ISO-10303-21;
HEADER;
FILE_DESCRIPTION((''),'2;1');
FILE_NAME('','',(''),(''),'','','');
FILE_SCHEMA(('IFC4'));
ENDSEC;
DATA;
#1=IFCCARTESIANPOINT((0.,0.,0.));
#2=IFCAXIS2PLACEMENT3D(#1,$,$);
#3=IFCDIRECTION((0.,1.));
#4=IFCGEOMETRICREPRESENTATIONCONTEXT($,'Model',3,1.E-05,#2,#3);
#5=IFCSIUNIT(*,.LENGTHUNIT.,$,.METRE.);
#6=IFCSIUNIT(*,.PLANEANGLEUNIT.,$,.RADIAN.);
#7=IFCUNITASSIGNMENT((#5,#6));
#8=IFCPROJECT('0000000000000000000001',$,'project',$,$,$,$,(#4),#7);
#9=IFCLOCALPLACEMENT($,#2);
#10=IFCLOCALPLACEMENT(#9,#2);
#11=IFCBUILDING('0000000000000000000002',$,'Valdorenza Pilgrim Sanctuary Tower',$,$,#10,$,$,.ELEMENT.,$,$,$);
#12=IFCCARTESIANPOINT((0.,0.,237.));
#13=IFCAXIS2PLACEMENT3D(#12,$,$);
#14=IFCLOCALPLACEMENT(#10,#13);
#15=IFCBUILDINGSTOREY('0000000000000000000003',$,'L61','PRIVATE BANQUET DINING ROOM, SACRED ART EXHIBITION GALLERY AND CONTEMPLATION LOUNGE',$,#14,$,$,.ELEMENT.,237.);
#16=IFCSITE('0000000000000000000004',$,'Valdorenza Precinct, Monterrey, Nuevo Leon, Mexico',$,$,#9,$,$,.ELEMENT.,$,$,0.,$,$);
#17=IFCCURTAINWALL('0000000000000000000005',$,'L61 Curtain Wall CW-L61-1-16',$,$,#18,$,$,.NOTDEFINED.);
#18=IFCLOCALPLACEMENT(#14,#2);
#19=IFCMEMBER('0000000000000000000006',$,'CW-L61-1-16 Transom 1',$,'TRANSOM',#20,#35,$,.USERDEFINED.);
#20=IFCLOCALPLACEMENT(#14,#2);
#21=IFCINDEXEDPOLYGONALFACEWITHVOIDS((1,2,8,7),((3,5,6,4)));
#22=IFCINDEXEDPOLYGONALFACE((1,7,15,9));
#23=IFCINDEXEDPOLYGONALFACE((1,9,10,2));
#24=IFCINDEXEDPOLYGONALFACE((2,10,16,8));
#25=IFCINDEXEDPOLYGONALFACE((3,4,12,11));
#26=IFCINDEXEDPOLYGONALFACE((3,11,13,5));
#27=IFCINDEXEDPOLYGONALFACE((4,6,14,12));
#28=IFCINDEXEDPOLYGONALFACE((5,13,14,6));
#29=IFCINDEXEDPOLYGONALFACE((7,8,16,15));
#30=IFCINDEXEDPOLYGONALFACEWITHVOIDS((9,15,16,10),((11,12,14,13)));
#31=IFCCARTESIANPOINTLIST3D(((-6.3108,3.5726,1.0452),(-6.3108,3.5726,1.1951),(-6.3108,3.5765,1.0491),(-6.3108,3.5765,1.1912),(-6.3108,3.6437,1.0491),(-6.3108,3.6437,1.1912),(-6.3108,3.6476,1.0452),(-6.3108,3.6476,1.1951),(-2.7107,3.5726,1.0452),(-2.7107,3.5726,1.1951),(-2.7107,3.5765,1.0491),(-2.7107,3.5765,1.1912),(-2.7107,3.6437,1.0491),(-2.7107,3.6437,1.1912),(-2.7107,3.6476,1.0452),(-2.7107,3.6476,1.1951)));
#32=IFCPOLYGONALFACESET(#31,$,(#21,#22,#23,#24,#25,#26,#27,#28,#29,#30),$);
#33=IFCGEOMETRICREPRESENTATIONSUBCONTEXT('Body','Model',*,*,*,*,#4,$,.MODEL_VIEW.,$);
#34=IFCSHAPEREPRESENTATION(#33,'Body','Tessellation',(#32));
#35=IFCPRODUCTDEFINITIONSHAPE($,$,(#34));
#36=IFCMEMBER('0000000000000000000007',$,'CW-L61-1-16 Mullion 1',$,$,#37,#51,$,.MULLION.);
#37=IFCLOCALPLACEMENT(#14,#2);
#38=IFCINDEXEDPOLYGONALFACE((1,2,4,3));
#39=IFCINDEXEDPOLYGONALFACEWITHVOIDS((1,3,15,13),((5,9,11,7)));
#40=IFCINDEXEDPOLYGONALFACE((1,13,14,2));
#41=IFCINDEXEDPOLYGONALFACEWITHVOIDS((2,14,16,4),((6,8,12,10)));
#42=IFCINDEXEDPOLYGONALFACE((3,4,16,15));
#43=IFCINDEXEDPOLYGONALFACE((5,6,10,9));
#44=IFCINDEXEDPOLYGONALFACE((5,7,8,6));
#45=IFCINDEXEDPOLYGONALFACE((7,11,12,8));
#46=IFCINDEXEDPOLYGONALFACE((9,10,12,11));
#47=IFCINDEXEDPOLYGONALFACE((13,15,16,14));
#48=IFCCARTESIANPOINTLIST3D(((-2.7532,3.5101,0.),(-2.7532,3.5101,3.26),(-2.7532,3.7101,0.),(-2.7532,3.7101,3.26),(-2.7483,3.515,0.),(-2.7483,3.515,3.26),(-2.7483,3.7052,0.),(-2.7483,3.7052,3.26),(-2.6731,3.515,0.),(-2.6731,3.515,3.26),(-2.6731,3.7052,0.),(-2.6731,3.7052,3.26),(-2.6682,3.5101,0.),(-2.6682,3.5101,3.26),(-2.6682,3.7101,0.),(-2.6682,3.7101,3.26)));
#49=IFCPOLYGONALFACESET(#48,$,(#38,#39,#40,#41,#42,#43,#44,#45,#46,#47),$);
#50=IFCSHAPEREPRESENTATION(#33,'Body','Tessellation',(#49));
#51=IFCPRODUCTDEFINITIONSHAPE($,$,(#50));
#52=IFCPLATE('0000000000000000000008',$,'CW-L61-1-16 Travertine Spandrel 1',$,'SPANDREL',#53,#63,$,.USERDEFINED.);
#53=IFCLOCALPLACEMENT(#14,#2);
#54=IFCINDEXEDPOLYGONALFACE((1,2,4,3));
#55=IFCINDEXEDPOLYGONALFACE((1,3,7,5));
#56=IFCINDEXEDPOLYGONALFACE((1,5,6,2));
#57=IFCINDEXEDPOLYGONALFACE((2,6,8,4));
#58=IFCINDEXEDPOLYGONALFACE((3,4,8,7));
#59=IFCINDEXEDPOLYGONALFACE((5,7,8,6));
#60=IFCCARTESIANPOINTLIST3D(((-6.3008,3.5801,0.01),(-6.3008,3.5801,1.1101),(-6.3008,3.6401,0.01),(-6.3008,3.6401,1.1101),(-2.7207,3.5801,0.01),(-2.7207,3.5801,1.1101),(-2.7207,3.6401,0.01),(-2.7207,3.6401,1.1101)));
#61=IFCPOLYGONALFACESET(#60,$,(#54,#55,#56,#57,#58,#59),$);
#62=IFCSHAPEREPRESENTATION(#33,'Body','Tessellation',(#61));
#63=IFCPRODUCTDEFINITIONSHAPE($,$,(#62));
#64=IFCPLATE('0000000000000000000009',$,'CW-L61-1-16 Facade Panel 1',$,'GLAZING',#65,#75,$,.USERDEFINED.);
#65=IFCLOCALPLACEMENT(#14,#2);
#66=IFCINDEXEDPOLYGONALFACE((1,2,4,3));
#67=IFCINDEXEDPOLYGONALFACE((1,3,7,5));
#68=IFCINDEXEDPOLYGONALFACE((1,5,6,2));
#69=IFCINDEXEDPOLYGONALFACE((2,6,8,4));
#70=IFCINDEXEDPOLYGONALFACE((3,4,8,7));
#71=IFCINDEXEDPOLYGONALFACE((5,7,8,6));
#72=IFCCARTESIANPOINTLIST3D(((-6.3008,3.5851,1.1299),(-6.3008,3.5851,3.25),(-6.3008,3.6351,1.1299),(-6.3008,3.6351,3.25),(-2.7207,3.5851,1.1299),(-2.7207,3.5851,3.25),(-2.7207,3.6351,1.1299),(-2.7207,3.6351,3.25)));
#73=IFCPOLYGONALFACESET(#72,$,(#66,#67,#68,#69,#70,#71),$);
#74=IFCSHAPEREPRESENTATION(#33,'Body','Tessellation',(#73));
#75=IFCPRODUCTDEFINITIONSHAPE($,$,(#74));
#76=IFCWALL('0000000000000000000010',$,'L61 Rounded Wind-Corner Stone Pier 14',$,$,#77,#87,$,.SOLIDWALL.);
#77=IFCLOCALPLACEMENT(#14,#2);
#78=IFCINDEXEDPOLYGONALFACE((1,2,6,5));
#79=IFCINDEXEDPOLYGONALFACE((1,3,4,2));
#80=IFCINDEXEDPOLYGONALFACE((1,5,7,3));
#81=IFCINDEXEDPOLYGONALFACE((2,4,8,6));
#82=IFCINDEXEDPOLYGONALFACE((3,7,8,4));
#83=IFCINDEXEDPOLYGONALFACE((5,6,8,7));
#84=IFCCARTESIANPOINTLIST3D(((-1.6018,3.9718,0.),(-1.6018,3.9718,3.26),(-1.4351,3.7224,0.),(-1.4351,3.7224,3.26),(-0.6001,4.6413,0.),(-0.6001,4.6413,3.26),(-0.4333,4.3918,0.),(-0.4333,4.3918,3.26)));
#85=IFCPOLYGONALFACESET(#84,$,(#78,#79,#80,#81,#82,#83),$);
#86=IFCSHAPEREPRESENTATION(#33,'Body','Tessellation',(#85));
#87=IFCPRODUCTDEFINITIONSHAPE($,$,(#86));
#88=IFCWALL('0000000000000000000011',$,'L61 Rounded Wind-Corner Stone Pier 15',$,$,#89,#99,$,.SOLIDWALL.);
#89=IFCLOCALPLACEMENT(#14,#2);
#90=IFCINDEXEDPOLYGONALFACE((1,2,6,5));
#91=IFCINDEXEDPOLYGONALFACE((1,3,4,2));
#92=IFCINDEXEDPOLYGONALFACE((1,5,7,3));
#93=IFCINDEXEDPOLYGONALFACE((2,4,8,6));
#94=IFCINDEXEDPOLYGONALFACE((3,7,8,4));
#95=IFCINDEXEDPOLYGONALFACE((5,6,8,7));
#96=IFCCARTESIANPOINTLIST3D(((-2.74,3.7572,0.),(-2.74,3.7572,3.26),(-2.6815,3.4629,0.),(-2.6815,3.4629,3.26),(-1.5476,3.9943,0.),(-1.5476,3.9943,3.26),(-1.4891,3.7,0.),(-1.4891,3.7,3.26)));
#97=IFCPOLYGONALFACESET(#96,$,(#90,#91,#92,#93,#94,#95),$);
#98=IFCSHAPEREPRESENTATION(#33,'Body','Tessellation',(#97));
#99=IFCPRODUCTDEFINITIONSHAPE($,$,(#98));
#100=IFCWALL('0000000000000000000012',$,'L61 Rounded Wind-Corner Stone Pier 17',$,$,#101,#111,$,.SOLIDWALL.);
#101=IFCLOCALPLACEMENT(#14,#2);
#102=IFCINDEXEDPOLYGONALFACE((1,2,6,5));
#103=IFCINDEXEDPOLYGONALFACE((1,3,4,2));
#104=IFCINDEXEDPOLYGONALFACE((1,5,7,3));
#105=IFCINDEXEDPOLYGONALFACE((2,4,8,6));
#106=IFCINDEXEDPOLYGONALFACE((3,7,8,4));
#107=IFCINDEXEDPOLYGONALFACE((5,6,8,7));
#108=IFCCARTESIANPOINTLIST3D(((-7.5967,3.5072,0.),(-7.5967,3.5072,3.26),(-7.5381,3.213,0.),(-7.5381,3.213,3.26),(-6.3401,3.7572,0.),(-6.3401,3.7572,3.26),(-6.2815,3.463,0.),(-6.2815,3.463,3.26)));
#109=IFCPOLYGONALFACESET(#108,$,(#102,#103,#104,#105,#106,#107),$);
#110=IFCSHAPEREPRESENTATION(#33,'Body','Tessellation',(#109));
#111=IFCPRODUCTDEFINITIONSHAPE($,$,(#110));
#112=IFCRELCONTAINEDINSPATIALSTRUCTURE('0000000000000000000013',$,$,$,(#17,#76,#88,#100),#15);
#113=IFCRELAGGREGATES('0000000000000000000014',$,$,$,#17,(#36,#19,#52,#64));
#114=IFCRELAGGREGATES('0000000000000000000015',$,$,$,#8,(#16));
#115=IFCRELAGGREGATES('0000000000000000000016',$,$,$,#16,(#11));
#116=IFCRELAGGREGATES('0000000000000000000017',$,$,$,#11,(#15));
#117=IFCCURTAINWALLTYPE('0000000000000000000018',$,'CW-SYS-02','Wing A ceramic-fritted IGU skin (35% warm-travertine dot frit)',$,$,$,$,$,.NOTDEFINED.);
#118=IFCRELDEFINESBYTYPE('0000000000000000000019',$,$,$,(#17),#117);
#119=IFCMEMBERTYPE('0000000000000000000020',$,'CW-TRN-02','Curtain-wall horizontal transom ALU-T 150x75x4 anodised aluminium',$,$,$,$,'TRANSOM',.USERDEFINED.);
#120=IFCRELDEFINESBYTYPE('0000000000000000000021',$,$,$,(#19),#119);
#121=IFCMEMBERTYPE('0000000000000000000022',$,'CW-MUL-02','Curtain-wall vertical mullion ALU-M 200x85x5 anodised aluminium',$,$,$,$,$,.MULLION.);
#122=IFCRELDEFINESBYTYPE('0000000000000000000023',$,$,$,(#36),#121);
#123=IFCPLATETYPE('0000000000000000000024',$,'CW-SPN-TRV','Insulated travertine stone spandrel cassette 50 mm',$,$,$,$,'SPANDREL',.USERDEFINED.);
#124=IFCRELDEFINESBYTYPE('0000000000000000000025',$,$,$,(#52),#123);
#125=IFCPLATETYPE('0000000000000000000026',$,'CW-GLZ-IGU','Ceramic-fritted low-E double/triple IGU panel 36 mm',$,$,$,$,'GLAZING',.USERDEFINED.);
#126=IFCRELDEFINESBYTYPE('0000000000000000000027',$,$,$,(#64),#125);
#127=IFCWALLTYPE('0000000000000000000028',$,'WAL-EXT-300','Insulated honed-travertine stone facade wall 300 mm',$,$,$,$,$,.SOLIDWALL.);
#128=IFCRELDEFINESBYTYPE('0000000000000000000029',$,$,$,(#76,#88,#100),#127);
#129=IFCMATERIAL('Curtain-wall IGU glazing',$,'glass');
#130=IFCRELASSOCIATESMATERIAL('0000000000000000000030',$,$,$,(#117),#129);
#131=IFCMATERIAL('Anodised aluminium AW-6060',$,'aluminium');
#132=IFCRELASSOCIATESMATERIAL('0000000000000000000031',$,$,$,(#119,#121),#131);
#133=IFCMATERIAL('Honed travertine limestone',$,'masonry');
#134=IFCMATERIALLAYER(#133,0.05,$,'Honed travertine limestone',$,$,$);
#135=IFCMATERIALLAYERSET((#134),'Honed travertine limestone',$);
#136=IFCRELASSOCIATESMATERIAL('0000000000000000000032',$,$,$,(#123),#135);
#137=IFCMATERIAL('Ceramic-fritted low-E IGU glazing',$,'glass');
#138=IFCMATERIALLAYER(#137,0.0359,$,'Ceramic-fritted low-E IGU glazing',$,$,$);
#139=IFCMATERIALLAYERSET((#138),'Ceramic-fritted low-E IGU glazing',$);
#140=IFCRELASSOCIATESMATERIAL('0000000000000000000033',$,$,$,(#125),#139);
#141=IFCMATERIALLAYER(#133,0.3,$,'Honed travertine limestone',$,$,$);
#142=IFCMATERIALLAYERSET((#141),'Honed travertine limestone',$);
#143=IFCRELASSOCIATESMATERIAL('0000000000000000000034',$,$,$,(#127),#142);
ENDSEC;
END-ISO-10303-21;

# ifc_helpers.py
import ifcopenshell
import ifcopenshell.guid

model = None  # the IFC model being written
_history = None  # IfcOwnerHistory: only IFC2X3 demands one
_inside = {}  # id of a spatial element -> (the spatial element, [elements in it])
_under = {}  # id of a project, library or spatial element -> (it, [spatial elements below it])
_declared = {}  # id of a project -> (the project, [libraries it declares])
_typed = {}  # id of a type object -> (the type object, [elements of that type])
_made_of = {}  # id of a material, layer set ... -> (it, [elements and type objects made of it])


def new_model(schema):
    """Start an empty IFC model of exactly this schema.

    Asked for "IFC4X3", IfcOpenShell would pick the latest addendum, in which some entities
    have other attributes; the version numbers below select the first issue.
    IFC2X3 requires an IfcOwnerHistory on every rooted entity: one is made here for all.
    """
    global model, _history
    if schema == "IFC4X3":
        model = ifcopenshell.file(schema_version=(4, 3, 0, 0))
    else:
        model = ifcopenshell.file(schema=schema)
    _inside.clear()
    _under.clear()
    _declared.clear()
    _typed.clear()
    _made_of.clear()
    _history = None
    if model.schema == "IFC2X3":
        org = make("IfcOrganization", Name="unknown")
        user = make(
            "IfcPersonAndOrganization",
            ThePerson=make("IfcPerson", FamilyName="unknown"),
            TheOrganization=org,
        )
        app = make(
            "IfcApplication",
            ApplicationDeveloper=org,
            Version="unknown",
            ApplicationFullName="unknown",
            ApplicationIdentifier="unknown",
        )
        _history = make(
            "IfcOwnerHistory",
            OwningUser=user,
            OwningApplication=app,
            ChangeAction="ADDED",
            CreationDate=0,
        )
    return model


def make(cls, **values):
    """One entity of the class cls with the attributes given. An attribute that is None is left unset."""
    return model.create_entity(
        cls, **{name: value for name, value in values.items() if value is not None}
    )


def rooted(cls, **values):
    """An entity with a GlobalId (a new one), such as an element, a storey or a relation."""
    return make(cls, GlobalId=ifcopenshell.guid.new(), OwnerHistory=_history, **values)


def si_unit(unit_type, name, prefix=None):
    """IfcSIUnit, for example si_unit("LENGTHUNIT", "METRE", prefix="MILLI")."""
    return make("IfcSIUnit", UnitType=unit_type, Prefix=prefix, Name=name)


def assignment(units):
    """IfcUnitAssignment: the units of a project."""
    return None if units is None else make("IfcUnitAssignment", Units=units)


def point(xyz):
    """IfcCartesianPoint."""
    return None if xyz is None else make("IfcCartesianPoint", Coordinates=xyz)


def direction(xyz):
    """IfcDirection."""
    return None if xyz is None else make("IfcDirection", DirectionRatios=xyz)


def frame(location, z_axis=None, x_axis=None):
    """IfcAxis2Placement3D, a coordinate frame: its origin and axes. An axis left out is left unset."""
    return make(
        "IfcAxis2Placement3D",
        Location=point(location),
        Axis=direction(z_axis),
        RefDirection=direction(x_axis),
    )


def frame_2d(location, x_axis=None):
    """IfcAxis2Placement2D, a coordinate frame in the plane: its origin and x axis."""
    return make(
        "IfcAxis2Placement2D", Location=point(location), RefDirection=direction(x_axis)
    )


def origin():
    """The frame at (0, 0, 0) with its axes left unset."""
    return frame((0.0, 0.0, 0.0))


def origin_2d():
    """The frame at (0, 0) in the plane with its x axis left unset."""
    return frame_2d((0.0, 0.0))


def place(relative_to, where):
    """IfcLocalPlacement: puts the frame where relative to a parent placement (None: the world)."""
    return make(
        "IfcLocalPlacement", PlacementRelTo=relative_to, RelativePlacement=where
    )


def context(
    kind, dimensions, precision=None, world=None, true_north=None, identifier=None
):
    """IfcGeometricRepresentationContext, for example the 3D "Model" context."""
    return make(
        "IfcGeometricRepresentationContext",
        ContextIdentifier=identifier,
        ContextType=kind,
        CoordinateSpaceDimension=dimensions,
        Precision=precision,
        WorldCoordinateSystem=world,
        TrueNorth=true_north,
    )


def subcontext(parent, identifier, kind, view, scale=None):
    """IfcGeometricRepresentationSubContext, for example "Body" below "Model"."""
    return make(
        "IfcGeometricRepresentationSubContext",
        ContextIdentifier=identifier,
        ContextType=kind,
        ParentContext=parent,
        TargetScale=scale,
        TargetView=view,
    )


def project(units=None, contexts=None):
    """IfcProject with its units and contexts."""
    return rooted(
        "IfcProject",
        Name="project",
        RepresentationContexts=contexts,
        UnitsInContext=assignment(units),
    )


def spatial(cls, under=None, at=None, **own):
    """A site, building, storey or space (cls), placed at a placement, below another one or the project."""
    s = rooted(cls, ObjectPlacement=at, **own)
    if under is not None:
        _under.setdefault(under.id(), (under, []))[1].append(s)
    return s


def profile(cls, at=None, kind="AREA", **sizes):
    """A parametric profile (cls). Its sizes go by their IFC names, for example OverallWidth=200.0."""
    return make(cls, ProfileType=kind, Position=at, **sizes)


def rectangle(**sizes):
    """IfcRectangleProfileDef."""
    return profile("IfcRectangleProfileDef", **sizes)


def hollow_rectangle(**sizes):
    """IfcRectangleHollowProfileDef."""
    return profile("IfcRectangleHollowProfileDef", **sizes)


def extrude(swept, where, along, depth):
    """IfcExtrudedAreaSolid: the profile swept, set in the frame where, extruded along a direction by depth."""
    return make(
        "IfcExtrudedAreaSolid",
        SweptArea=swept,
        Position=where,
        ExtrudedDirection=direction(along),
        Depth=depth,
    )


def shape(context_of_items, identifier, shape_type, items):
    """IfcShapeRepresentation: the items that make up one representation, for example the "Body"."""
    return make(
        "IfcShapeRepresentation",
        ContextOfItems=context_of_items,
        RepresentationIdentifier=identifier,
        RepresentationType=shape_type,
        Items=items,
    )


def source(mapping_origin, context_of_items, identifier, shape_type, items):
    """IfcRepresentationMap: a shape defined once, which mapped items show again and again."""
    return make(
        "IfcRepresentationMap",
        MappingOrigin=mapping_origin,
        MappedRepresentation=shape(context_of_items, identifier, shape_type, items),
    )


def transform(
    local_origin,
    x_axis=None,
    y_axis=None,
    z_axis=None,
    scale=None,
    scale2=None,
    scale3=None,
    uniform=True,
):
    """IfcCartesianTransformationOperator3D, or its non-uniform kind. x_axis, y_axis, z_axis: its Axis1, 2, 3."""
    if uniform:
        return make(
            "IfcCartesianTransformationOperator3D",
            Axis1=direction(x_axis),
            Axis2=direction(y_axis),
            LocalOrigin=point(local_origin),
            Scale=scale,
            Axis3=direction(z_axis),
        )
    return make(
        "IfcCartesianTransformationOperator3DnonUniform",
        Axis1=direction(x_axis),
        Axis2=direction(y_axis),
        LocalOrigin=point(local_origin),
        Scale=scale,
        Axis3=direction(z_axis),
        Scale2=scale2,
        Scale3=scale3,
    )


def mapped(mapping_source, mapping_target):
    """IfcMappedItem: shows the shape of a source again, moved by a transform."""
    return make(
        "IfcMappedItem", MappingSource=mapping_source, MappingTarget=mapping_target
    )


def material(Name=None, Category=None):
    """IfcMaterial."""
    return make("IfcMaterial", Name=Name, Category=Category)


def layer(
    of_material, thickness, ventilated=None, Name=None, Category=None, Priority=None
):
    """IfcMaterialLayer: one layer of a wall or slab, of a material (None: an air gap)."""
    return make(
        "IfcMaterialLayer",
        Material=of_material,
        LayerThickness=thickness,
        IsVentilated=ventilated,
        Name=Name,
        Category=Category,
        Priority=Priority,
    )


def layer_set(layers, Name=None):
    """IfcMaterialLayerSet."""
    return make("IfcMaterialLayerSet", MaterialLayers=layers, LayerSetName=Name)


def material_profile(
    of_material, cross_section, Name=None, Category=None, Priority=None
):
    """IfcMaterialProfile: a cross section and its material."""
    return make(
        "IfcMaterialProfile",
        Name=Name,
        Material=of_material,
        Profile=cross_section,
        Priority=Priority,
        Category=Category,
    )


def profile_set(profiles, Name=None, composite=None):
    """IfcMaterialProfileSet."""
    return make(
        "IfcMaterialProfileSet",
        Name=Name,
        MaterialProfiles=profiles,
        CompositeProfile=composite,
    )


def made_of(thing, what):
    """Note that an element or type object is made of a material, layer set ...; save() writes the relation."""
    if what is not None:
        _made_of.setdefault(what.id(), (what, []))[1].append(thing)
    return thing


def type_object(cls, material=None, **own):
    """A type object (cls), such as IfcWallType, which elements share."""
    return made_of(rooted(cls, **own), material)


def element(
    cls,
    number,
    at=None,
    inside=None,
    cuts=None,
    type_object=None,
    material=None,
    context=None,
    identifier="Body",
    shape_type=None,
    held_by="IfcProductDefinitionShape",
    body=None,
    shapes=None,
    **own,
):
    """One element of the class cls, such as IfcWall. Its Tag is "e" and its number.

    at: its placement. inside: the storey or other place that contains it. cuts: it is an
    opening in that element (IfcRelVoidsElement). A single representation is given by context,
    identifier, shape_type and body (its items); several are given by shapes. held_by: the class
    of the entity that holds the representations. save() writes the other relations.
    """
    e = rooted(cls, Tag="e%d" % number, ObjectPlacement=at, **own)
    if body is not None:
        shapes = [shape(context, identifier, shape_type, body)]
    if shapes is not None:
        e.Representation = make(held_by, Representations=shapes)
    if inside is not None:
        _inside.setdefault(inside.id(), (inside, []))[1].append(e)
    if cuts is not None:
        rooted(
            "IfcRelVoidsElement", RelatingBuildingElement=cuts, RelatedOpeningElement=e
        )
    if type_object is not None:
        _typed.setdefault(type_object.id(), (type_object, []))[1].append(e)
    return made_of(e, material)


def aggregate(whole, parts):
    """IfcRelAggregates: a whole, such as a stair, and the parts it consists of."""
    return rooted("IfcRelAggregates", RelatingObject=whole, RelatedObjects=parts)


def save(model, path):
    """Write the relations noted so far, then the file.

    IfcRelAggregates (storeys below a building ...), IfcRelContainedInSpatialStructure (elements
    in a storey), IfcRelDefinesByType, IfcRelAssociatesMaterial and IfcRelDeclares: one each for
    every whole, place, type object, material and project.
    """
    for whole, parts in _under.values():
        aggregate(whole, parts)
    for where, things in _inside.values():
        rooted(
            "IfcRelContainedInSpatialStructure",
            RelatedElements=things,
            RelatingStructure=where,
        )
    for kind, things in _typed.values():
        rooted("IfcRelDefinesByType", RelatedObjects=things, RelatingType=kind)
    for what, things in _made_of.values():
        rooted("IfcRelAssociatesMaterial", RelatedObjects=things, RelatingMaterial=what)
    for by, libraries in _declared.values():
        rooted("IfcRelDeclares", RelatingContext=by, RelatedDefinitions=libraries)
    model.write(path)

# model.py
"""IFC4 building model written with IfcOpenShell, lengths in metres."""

from ifc_helpers import new_model, si_unit, direction, frame, frame_2d, origin, origin_2d, place, context, subcontext, project, spatial, rectangle, hollow_rectangle, extrude, source, transform, mapped, material, layer, layer_set, material_profile, profile_set, type_object, element, aggregate, save


model = new_model("IFC4")

# Units and contexts
model_context = context("Model", 3, precision=1e-05, world=origin(), true_north=direction((0.0, 1.0)))
body_context = subcontext(model_context, "Body", "Model", "MODEL_VIEW")
ifc_project = project(units=[si_unit("LENGTHUNIT", "METRE"), si_unit("PLANEANGLEUNIT", "RADIAN")], contexts=[model_context])

# Site, building, storey
site_placement = place(None, origin())
site = spatial("IfcSite", under=ifc_project, at=site_placement, Name="Valdorenza Precinct, Monterrey, Nuevo Leon, Mexico", CompositionType="ELEMENT", RefElevation=0.0)
building_placement = place(site_placement, origin())
building = spatial("IfcBuilding", under=site, at=building_placement, Name="Valdorenza Pilgrim Sanctuary Tower", CompositionType="ELEMENT")
storey_placement = place(building_placement, frame((0.0, 0.0, 237.0)))
storey = spatial("IfcBuildingStorey", under=building, at=storey_placement, Name="L61", Description="PRIVATE BANQUET DINING ROOM, SACRED ART EXHIBITION GALLERY AND CONTEMPLATION LOUNGE", CompositionType="ELEMENT", Elevation=237.0)

# Curtain wall, members, plates
ifc_material_1 = material(Name="Curtain-wall IGU glazing", Category="glass")
curtain_wall_type = type_object("IfcCurtainWallType", Name="CW-SYS-02", Description="Wing A ceramic-fritted IGU skin (35% warm-travertine dot frit)", PredefinedType="NOTDEFINED", material=ifc_material_1)
curtain_wall_placement = place(storey_placement, origin())
curtain_wall = element("IfcCurtainWall", 1, at=curtain_wall_placement, inside=storey, type_object=curtain_wall_type, Name="L61 Curtain Wall CW-L61-1-16", PredefinedType="NOTDEFINED")
ifc_material_2 = material(Name="Anodised aluminium AW-6060", Category="aluminium")
ifc_material_profile_1 = material_profile(ifc_material_2, hollow_rectangle(XDim=0.075, YDim=0.1499, WallThickness=0.0039, at=origin_2d()), Name="ALU-T 150x75x4")
ifc_profile_set_1 = profile_set([ifc_material_profile_1], Name="Anodised aluminium AW-6060")
member_type_1 = type_object("IfcMemberType", Name="CW-TRN-02", Description="Curtain-wall horizontal transom ALU-T 150x75x4 anodised aluminium", ElementType="TRANSOM", PredefinedType="USERDEFINED", material=ifc_profile_set_1)
shared_shape_1 = source(origin(), body_context, "Body", "SweptSolid", [
    extrude(hollow_rectangle(XDim=0.075, YDim=0.1499, WallThickness=0.0039, at=origin_2d()), origin(), (0.0, 0.0, 1.0), 3.6001),
])
member_1_placement = place(storey_placement, frame((-2.7107, 3.6101, 1.1201), z_axis=(-1.0, 0.0, 0.0), x_axis=(0.0, -1.0, 0.0)))
member_1 = element("IfcMember", 2, at=member_1_placement, type_object=member_type_1, Name="CW-L61-1-16 Transom 1", ObjectType="TRANSOM", PredefinedType="USERDEFINED", context=body_context, shape_type="MappedRepresentation", body=[
    mapped(shared_shape_1, transform((0.0, 0.0, 0.0), x_axis=(1.0, 0.0, 0.0), y_axis=(0.0, 1.0, 0.0), z_axis=(0.0, 0.0, 1.0), scale=1.0)),
])
ifc_material_profile_2 = material_profile(ifc_material_2, hollow_rectangle(XDim=0.085, YDim=0.2, WallThickness=0.0049, at=origin_2d()), Name="ALU-M 200x85x5")
ifc_profile_set_2 = profile_set([ifc_material_profile_2], Name="Anodised aluminium AW-6060")
member_type_2 = type_object("IfcMemberType", Name="CW-MUL-02", Description="Curtain-wall vertical mullion ALU-M 200x85x5 anodised aluminium", PredefinedType="MULLION", material=ifc_profile_set_2)
shared_shape_2 = source(origin(), body_context, "Body", "SweptSolid", [
    extrude(hollow_rectangle(XDim=0.085, YDim=0.2, WallThickness=0.0049, at=origin_2d()), origin(), (0.0, 0.0, 1.0), 3.26),
])
member_2_placement = place(storey_placement, frame((-2.7107, 3.6101, 0.0), z_axis=(0.0, 0.0, 1.0), x_axis=(-1.0, 0.0, 0.0)))
member_2 = element("IfcMember", 3, at=member_2_placement, type_object=member_type_2, Name="CW-L61-1-16 Mullion 1", PredefinedType="MULLION", context=body_context, shape_type="MappedRepresentation", body=[
    mapped(shared_shape_2, transform((0.0, 0.0, 0.0), x_axis=(1.0, 0.0, 0.0), y_axis=(0.0, 1.0, 0.0), z_axis=(0.0, 0.0, 1.0), scale=1.0)),
])
ifc_material_3 = material(Name="Honed travertine limestone", Category="masonry")
ifc_layer_1 = layer(ifc_material_3, 0.05, Name="Honed travertine limestone")
ifc_layer_set_1 = layer_set([ifc_layer_1], Name="Honed travertine limestone")
plate_type_1 = type_object("IfcPlateType", Name="CW-SPN-TRV", Description="Insulated travertine stone spandrel cassette 50 mm", ElementType="SPANDREL", PredefinedType="USERDEFINED", material=ifc_layer_set_1)
shared_shape_3 = source(origin(), body_context, "Body", "SweptSolid", [
    extrude(rectangle(XDim=3.5801, YDim=0.0601, at=origin_2d()), origin(), (0.0, 0.0, 1.0), 1.1001),
])
plate_1_placement = place(storey_placement, frame((-4.5107, 3.6101, 0.01), z_axis=(0.0, 0.0, 1.0), x_axis=(-1.0, 0.0, 0.0)))
plate_1 = element("IfcPlate", 4, at=plate_1_placement, type_object=plate_type_1, Name="CW-L61-1-16 Travertine Spandrel 1", ObjectType="SPANDREL", PredefinedType="USERDEFINED", context=body_context, shape_type="MappedRepresentation", body=[
    mapped(shared_shape_3, transform((0.0, 0.0, 0.0), x_axis=(1.0, 0.0, 0.0), y_axis=(0.0, 1.0, 0.0), z_axis=(0.0, 0.0, 1.0), scale=1.0)),
])
ifc_material_4 = material(Name="Ceramic-fritted low-E IGU glazing", Category="glass")
ifc_layer_2 = layer(ifc_material_4, 0.0359, Name="Ceramic-fritted low-E IGU glazing")
ifc_layer_set_2 = layer_set([ifc_layer_2], Name="Ceramic-fritted low-E IGU glazing")
plate_type_2 = type_object("IfcPlateType", Name="CW-GLZ-IGU", Description="Ceramic-fritted low-E double/triple IGU panel 36 mm", ElementType="GLAZING", PredefinedType="USERDEFINED", material=ifc_layer_set_2)
shared_shape_4 = source(origin(), body_context, "Body", "SweptSolid", [
    extrude(rectangle(XDim=3.5801, YDim=0.05, at=origin_2d()), origin(), (0.0, 0.0, 1.0), 2.1201),
])
plate_2_placement = place(storey_placement, frame((-4.5107, 3.6101, 1.1299), z_axis=(0.0, 0.0, 1.0), x_axis=(-1.0, 0.0, 0.0)))
plate_2 = element("IfcPlate", 5, at=plate_2_placement, type_object=plate_type_2, Name="CW-L61-1-16 Facade Panel 1", ObjectType="GLAZING", PredefinedType="USERDEFINED", context=body_context, shape_type="MappedRepresentation", body=[
    mapped(shared_shape_4, transform((0.0, 0.0, 0.0), x_axis=(1.0, 0.0, 0.0), y_axis=(0.0, 1.0, 0.0), z_axis=(0.0, 0.0, 1.0), scale=1.0)),
])
aggregate(curtain_wall, [member_2, member_1, plate_1, plate_2])

# Walls
ifc_layer_3 = layer(ifc_material_3, 0.3, Name="Honed travertine limestone")
ifc_layer_set_3 = layer_set([ifc_layer_3], Name="Honed travertine limestone")
wall_type = type_object("IfcWallType", Name="WAL-EXT-300", Description="Insulated honed-travertine stone facade wall 300 mm", PredefinedType="SOLIDWALL", material=ifc_layer_set_3)
wall_1_placement = place(storey_placement, frame((-0.5166, 4.5166, 0.0), z_axis=(0.0, 0.0, 1.0), x_axis=(-0.831426, -0.555635, 0.0)))
element("IfcWall", 6, at=wall_1_placement, inside=storey, type_object=wall_type, Name="L61 Rounded Wind-Corner Stone Pier 14", PredefinedType="SOLIDWALL", context=body_context, shape_type="SweptSolid", body=[
    extrude(rectangle(XDim=1.2048, YDim=0.3, at=frame_2d((0.6025, 0.0))), origin(), (0.0, 0.0, 1.0), 3.26),
])
wall_2_placement = place(storey_placement, frame((-1.5183, 3.8472, 0.0), z_axis=(0.0, 0.0, 1.0), x_axis=(-0.980804, -0.194996, 0.0)))
element("IfcWall", 7, at=wall_2_placement, inside=storey, type_object=wall_type, Name="L61 Rounded Wind-Corner Stone Pier 15", PredefinedType="SOLIDWALL", context=body_context, shape_type="SweptSolid", body=[
    extrude(rectangle(XDim=1.2158, YDim=0.3, at=frame_2d((0.6079, 0.0))), origin(), (0.0, 0.0, 1.0), 3.26),
])
wall_3_placement = place(storey_placement, frame((-6.3108, 3.6101, 0.0), z_axis=(0.0, 0.0, 1.0), x_axis=(-0.980778, -0.195127, 0.0)))
element("IfcWall", 8, at=wall_3_placement, inside=storey, type_object=wall_type, Name="L61 Rounded Wind-Corner Stone Pier 17", PredefinedType="SOLIDWALL", context=body_context, shape_type="SweptSolid", body=[
    extrude(rectangle(XDim=1.2812, YDim=0.3, at=frame_2d((0.6406, 0.0))), origin(), (0.0, 0.0, 1.0), 3.26),
])

save(model, "model.ifc")
